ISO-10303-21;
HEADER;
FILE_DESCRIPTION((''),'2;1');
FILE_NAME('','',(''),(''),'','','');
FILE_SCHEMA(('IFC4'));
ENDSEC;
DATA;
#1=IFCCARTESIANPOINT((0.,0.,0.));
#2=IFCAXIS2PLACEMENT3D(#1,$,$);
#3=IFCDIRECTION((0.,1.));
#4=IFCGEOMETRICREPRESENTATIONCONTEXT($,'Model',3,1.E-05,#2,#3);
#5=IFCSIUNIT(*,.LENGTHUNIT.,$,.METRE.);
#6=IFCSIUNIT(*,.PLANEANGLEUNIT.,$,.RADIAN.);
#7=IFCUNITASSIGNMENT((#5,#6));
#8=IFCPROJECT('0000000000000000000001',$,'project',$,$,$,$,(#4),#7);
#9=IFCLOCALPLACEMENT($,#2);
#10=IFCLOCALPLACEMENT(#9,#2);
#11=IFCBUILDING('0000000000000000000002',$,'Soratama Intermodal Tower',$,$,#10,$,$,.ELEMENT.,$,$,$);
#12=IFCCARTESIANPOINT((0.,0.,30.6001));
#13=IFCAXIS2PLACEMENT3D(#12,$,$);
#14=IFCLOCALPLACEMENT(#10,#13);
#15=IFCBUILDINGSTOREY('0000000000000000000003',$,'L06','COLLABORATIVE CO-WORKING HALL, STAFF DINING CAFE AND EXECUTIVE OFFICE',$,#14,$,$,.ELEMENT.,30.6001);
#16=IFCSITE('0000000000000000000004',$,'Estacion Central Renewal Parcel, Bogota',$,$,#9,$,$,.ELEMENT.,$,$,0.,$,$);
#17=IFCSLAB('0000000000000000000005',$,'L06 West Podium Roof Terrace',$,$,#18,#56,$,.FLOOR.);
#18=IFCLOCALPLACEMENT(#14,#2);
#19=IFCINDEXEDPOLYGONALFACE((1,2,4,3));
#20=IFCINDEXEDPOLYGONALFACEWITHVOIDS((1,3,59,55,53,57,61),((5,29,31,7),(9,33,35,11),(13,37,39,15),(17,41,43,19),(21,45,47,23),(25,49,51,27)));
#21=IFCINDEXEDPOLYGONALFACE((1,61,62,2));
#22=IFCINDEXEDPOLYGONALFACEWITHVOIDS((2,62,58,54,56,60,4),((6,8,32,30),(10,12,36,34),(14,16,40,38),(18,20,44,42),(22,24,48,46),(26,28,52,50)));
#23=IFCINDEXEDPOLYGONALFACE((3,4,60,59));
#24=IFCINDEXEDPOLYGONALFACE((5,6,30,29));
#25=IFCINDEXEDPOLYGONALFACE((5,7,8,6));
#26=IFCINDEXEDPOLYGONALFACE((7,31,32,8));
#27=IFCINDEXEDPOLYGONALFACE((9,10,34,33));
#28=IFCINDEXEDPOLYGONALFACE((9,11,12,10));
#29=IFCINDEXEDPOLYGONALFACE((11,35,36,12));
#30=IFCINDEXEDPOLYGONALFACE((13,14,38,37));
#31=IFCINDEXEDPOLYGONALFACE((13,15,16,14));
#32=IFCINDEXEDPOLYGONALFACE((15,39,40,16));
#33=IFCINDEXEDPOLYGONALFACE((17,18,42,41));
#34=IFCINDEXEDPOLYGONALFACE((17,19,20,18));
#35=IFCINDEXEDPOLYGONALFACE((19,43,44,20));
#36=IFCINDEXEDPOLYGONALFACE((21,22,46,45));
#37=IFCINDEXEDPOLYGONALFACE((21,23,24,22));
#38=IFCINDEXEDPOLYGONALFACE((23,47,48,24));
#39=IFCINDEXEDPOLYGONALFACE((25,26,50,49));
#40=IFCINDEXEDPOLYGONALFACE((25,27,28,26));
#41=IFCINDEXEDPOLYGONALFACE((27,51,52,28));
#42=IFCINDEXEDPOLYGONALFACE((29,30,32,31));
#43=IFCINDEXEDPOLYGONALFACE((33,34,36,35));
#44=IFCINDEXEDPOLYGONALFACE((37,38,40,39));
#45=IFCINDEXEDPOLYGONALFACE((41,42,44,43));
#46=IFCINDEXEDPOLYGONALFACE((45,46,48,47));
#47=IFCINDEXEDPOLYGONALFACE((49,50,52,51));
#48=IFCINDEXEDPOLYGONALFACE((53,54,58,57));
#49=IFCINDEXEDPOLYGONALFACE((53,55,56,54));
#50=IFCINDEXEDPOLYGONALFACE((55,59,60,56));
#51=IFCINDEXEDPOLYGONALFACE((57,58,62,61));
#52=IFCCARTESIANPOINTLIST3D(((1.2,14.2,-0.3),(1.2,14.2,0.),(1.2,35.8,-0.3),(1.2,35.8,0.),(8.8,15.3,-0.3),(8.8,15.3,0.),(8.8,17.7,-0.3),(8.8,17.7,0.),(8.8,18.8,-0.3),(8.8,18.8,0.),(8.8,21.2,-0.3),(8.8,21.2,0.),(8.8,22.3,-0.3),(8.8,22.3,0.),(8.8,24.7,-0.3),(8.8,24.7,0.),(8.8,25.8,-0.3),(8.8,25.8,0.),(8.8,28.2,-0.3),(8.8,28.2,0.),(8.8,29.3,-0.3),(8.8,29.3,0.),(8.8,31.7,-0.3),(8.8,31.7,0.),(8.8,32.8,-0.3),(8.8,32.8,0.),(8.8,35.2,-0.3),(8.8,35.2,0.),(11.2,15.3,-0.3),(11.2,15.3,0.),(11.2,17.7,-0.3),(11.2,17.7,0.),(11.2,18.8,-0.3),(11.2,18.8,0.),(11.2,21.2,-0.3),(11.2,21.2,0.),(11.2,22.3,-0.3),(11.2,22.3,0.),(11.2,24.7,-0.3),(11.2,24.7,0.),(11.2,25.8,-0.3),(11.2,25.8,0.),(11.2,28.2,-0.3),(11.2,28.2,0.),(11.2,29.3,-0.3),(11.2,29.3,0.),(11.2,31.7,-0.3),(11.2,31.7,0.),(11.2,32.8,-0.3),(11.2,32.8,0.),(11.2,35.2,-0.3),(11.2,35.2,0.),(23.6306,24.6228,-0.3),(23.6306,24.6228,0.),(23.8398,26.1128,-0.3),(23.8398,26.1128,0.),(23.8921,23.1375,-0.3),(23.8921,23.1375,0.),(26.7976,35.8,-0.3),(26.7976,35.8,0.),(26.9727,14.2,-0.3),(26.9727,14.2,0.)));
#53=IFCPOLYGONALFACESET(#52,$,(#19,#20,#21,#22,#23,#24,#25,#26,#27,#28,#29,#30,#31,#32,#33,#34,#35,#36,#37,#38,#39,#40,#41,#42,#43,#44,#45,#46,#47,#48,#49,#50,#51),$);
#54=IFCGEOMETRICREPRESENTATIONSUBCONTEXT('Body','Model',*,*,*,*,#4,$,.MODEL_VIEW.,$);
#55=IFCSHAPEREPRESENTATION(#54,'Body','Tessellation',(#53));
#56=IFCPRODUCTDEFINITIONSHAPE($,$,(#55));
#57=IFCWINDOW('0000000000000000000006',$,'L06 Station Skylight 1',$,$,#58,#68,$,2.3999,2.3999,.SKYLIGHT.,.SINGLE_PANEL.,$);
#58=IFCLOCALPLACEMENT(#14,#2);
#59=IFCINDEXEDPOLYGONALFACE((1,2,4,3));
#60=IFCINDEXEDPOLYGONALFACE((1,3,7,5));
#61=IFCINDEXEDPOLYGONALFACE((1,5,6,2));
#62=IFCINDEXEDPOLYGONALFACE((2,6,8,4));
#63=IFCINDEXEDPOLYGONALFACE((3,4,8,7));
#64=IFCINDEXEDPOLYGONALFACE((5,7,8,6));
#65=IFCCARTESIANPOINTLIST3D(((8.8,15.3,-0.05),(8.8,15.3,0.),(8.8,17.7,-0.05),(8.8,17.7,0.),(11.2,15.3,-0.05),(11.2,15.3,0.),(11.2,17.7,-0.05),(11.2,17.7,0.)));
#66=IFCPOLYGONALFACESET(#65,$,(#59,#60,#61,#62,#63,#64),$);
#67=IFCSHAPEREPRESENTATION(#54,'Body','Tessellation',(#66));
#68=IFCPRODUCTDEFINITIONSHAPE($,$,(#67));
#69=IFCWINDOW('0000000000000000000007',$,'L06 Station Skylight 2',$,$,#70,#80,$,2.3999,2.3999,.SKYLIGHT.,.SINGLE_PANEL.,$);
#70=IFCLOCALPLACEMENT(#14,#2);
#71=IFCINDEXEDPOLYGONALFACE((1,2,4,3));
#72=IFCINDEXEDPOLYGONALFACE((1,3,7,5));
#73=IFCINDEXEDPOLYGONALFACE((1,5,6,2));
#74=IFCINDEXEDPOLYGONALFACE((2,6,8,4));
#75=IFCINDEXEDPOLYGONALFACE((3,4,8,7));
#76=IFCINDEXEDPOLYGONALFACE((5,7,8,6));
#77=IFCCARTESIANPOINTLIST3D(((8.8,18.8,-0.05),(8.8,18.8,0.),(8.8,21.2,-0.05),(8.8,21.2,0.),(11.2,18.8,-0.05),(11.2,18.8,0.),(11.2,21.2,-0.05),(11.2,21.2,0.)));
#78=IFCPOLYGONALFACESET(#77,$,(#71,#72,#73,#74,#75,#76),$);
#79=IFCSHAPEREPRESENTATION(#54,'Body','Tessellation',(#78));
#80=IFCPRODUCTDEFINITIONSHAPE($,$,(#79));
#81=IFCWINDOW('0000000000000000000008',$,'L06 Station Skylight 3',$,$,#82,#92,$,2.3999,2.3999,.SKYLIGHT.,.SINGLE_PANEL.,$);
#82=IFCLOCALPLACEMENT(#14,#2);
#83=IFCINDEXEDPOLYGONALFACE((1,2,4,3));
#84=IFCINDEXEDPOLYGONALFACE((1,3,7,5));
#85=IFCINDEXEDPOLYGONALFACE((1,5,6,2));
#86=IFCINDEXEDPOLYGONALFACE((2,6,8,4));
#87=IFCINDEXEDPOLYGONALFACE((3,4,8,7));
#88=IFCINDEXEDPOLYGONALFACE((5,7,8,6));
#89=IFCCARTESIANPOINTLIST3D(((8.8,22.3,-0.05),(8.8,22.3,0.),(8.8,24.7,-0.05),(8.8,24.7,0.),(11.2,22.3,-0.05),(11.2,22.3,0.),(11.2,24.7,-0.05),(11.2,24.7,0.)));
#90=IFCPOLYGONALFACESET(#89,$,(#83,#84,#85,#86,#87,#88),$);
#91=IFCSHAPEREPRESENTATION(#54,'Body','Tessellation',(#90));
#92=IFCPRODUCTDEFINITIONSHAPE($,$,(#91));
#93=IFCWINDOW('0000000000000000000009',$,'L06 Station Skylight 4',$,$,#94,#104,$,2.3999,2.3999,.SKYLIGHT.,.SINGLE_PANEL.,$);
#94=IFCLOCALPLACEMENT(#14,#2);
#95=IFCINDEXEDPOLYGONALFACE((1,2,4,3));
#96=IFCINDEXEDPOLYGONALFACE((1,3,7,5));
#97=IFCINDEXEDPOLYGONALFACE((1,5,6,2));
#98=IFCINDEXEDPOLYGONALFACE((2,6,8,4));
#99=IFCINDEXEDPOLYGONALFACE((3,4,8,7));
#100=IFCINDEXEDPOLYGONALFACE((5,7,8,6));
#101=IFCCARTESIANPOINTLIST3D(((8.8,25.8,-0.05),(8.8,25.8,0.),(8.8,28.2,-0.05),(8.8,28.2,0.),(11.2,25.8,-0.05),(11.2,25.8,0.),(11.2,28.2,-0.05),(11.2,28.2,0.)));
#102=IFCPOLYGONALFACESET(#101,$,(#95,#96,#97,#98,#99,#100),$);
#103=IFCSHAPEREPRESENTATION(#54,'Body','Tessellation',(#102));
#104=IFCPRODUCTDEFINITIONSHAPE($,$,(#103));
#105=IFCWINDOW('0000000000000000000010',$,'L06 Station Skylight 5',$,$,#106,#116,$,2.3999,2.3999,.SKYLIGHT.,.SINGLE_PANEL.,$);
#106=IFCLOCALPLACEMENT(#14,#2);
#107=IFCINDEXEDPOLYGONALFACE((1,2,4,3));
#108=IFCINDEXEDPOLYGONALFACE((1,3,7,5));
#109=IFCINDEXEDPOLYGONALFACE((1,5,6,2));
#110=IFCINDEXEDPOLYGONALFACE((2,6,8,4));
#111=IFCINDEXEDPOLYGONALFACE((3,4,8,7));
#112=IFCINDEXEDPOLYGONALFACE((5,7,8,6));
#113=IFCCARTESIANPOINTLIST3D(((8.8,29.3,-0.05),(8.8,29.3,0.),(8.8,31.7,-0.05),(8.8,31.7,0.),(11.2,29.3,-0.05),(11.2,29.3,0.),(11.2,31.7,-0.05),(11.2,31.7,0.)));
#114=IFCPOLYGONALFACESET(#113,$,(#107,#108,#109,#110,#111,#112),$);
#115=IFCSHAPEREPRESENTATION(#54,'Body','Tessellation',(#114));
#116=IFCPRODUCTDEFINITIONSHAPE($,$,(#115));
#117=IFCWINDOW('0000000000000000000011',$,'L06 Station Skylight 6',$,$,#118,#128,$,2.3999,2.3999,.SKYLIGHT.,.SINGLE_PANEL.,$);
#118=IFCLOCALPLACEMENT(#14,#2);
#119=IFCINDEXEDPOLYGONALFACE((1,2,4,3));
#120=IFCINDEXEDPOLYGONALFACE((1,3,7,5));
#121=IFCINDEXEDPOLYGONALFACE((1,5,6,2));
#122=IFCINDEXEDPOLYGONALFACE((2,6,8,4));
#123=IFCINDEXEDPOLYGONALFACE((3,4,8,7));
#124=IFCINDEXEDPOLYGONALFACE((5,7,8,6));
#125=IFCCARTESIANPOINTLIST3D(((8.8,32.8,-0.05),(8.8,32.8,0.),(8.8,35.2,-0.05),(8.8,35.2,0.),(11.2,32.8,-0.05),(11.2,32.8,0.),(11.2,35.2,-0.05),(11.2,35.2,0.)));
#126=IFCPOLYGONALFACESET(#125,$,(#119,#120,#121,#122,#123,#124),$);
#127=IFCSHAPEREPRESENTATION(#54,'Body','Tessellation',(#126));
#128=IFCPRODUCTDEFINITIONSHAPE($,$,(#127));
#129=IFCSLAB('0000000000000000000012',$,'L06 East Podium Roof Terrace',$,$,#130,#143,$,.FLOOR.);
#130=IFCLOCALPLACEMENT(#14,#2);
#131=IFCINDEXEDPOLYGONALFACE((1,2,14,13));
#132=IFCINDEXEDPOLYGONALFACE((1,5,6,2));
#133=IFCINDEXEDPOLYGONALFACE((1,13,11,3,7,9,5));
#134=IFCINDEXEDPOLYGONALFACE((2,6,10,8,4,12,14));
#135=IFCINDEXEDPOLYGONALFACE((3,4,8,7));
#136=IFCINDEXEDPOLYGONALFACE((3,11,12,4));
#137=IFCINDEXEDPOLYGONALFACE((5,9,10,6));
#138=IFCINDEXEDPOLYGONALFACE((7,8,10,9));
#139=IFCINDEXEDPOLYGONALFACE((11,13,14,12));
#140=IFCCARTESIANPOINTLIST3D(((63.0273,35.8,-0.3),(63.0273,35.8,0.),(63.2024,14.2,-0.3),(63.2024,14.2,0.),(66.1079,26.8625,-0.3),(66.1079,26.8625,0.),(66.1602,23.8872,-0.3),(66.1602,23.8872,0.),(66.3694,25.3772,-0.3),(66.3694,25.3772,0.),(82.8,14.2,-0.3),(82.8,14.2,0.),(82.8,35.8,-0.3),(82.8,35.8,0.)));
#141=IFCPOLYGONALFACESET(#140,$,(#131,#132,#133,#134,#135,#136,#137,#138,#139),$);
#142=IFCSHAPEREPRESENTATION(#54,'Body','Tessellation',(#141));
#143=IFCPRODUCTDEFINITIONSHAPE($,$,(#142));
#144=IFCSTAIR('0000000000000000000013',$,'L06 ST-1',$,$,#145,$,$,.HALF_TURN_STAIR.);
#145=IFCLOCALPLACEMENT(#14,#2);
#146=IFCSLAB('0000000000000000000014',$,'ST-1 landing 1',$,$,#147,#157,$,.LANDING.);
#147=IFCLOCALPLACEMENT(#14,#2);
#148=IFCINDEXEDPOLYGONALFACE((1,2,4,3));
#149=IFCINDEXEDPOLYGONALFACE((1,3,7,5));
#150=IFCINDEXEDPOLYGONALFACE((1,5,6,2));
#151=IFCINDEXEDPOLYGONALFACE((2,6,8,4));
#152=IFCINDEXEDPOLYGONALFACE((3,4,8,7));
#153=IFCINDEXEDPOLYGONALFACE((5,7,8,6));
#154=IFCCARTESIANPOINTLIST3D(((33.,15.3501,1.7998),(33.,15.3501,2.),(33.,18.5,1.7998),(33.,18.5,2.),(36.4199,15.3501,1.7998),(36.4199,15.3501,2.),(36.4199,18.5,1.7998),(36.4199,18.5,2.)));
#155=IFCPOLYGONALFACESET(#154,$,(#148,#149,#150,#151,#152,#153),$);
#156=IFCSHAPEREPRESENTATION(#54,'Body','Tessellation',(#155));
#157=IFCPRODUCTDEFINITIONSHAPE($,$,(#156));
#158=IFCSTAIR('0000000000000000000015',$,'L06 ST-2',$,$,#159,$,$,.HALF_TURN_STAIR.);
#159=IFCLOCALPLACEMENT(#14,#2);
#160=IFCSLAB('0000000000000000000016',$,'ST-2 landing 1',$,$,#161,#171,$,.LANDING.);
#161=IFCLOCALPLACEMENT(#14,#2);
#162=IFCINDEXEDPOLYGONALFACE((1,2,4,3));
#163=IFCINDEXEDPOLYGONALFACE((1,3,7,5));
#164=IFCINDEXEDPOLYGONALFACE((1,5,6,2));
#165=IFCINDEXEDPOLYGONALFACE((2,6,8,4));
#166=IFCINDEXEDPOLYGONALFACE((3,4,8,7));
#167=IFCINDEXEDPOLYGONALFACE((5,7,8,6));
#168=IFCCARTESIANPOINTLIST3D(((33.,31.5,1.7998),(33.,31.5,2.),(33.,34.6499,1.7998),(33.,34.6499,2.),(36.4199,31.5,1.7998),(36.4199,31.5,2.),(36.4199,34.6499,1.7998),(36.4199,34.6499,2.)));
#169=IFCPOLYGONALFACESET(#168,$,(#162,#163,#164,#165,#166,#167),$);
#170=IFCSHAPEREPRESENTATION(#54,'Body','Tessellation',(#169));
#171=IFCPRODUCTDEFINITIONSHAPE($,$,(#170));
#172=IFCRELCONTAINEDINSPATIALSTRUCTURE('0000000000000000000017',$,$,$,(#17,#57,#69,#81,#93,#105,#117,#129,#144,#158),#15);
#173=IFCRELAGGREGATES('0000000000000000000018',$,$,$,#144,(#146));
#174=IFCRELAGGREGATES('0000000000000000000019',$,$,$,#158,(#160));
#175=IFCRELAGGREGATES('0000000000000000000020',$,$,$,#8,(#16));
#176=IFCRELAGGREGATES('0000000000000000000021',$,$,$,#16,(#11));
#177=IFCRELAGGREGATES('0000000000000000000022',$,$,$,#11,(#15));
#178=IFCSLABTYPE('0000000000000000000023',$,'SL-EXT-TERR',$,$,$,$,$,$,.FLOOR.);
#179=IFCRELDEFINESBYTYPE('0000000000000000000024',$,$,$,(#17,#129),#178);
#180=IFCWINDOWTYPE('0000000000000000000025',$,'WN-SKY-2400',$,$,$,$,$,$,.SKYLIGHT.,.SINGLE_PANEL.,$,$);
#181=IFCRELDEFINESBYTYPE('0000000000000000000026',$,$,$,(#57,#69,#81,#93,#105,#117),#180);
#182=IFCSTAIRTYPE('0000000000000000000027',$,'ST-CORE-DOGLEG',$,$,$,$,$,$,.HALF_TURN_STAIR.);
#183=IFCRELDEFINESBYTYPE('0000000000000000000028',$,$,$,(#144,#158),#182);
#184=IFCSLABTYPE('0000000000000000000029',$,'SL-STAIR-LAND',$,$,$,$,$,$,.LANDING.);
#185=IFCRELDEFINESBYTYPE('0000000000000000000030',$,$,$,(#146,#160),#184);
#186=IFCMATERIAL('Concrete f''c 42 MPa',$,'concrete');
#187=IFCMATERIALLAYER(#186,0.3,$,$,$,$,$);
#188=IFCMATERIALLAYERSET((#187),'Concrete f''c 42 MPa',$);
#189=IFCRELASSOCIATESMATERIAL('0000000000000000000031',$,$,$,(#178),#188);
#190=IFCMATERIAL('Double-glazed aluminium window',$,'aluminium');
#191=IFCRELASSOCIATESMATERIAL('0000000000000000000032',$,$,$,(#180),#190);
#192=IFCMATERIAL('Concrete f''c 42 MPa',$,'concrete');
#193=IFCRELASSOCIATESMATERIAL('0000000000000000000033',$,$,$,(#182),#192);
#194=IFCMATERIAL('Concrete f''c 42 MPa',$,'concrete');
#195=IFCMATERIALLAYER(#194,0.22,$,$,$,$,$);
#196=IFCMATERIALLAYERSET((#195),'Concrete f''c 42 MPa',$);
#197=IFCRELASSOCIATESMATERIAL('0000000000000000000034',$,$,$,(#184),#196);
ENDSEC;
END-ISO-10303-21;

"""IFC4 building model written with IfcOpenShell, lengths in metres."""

from ifc_helpers import new_model, si_unit, direction, frame, origin, origin_2d, place, context, subcontext, project, spatial, polyline, rectangle, outline, extrude, material, layer, layer_set, type_object, element, fill, aggregate, save


model = new_model("IFC4")

# Units and contexts
model_context = context("Model", 3, precision=1e-05, world=origin(), true_north=direction((0.0, 1.0)))
body_context = subcontext(model_context, "Body", "Model", "MODEL_VIEW")
ifc_project = project(units=[si_unit("LENGTHUNIT", "METRE"), si_unit("PLANEANGLEUNIT", "RADIAN")], contexts=[model_context])

# Site, building, storey
site_placement = place(None, origin())
site = spatial("IfcSite", under=ifc_project, at=site_placement, Name="Estacion Central Renewal Parcel, Bogota", CompositionType="ELEMENT", RefElevation=0.0)
building_placement = place(site_placement, origin())
building = spatial("IfcBuilding", under=site, at=building_placement, Name="Soratama Intermodal Tower", CompositionType="ELEMENT")
storey_placement = place(building_placement, frame((0.0, 0.0, 30.6001)))
storey = spatial("IfcBuildingStorey", under=building, at=storey_placement, Name="L06", Description="COLLABORATIVE CO-WORKING HALL, STAFF DINING CAFE AND EXECUTIVE OFFICE", CompositionType="ELEMENT", Elevation=30.6001)

# Slab, openings, windows
ifc_material_1 = material(Name="Concrete f'c 42 MPa", Category="concrete")
ifc_layer_1 = layer(ifc_material_1, 0.3)
ifc_layer_set_1 = layer_set([ifc_layer_1], Name="Concrete f'c 42 MPa")
slab_type_1 = type_object("IfcSlabType", Name="SL-EXT-TERR", PredefinedType="FLOOR", material=ifc_layer_set_1)
slab_1_placement = place(storey_placement, frame((0.0, 0.0, -0.3)))
slab_1 = element("IfcSlab", 1, at=slab_1_placement, inside=storey, type_object=slab_type_1, Name="L06 West Podium Roof Terrace", PredefinedType="FLOOR", context=body_context, shape_type="SweptSolid", body=[
    extrude(outline(polyline([(26.9727, 14.2), (23.8921, 23.1375), (23.6306, 24.6228), (23.8398, 26.1128), (26.7976, 35.8), (1.2, 35.8), (1.2, 14.2), (26.9727, 14.2)])), origin(), (0.0, 0.0, 1.0), 0.3),
])
opening_1_placement = place(slab_1_placement, frame((10.0, 16.5, 0.0)))
opening_1 = element("IfcOpeningElement", 2, at=opening_1_placement, cuts=slab_1, PredefinedType="OPENING", context=body_context, shape_type="SweptSolid", body=[
    extrude(rectangle(XDim=2.3999, YDim=2.3999, at=origin_2d()), origin(), (0.0, 0.0, 1.0), 0.3),
])
opening_2_placement = place(slab_1_placement, frame((10.0, 20.0, 0.0)))
opening_2 = element("IfcOpeningElement", 3, at=opening_2_placement, cuts=slab_1, PredefinedType="OPENING", context=body_context, shape_type="SweptSolid", body=[
    extrude(rectangle(XDim=2.3999, YDim=2.3999, at=origin_2d()), origin(), (0.0, 0.0, 1.0), 0.3),
])
opening_3_placement = place(slab_1_placement, frame((10.0, 23.5, 0.0)))
opening_3 = element("IfcOpeningElement", 4, at=opening_3_placement, cuts=slab_1, PredefinedType="OPENING", context=body_context, shape_type="SweptSolid", body=[
    extrude(rectangle(XDim=2.3999, YDim=2.3999, at=origin_2d()), origin(), (0.0, 0.0, 1.0), 0.3),
])
opening_4_placement = place(slab_1_placement, frame((10.0, 27.0, 0.0)))
opening_4 = element("IfcOpeningElement", 5, at=opening_4_placement, cuts=slab_1, PredefinedType="OPENING", context=body_context, shape_type="SweptSolid", body=[
    extrude(rectangle(XDim=2.3999, YDim=2.3999, at=origin_2d()), origin(), (0.0, 0.0, 1.0), 0.3),
])
opening_5_placement = place(slab_1_placement, frame((10.0, 30.5, 0.0)))
opening_5 = element("IfcOpeningElement", 6, at=opening_5_placement, cuts=slab_1, PredefinedType="OPENING", context=body_context, shape_type="SweptSolid", body=[
    extrude(rectangle(XDim=2.3999, YDim=2.3999, at=origin_2d()), origin(), (0.0, 0.0, 1.0), 0.3),
])
opening_6_placement = place(slab_1_placement, frame((10.0, 34.0, 0.0)))
opening_6 = element("IfcOpeningElement", 7, at=opening_6_placement, cuts=slab_1, PredefinedType="OPENING", context=body_context, shape_type="SweptSolid", body=[
    extrude(rectangle(XDim=2.3999, YDim=2.3999, at=origin_2d()), origin(), (0.0, 0.0, 1.0), 0.3),
])
ifc_material_2 = material(Name="Double-glazed aluminium window", Category="aluminium")
window_type = type_object("IfcWindowType", Name="WN-SKY-2400", PartitioningType="SINGLE_PANEL", PredefinedType="SKYLIGHT", material=ifc_material_2)
window_1_placement = place(opening_1_placement, frame((0.0, 0.0, 0.25)))
window_1 = element("IfcWindow", 8, at=window_1_placement, inside=storey, type_object=window_type, Name="L06 Station Skylight 1", OverallHeight=2.3999, OverallWidth=2.3999, PartitioningType="SINGLE_PANEL", PredefinedType="SKYLIGHT", context=body_context, shape_type="SweptSolid", body=[
    extrude(rectangle(XDim=2.3999, YDim=2.3999, at=origin_2d()), origin(), (0.0, 0.0, 1.0), 0.05),
])
fill(opening_1, window_1)
window_2_placement = place(opening_2_placement, frame((0.0, 0.0, 0.25)))
window_2 = element("IfcWindow", 9, at=window_2_placement, inside=storey, type_object=window_type, Name="L06 Station Skylight 2", OverallHeight=2.3999, OverallWidth=2.3999, PartitioningType="SINGLE_PANEL", PredefinedType="SKYLIGHT", context=body_context, shape_type="SweptSolid", body=[
    extrude(rectangle(XDim=2.3999, YDim=2.3999, at=origin_2d()), origin(), (0.0, 0.0, 1.0), 0.05),
])
fill(opening_2, window_2)
window_3_placement = place(opening_3_placement, frame((0.0, 0.0, 0.25)))
window_3 = element("IfcWindow", 10, at=window_3_placement, inside=storey, type_object=window_type, Name="L06 Station Skylight 3", OverallHeight=2.3999, OverallWidth=2.3999, PartitioningType="SINGLE_PANEL", PredefinedType="SKYLIGHT", context=body_context, shape_type="SweptSolid", body=[
    extrude(rectangle(XDim=2.3999, YDim=2.3999, at=origin_2d()), origin(), (0.0, 0.0, 1.0), 0.05),
])
fill(opening_3, window_3)
window_4_placement = place(opening_4_placement, frame((0.0, 0.0, 0.25)))
window_4 = element("IfcWindow", 11, at=window_4_placement, inside=storey, type_object=window_type, Name="L06 Station Skylight 4", OverallHeight=2.3999, OverallWidth=2.3999, PartitioningType="SINGLE_PANEL", PredefinedType="SKYLIGHT", context=body_context, shape_type="SweptSolid", body=[
    extrude(rectangle(XDim=2.3999, YDim=2.3999, at=origin_2d()), origin(), (0.0, 0.0, 1.0), 0.05),
])
fill(opening_4, window_4)
window_5_placement = place(opening_5_placement, frame((0.0, 0.0, 0.25)))
window_5 = element("IfcWindow", 12, at=window_5_placement, inside=storey, type_object=window_type, Name="L06 Station Skylight 5", OverallHeight=2.3999, OverallWidth=2.3999, PartitioningType="SINGLE_PANEL", PredefinedType="SKYLIGHT", context=body_context, shape_type="SweptSolid", body=[
    extrude(rectangle(XDim=2.3999, YDim=2.3999, at=origin_2d()), origin(), (0.0, 0.0, 1.0), 0.05),
])
fill(opening_5, window_5)
window_6_placement = place(opening_6_placement, frame((0.0, 0.0, 0.25)))
window_6 = element("IfcWindow", 13, at=window_6_placement, inside=storey, type_object=window_type, Name="L06 Station Skylight 6", OverallHeight=2.3999, OverallWidth=2.3999, PartitioningType="SINGLE_PANEL", PredefinedType="SKYLIGHT", context=body_context, shape_type="SweptSolid", body=[
    extrude(rectangle(XDim=2.3999, YDim=2.3999, at=origin_2d()), origin(), (0.0, 0.0, 1.0), 0.05),
])
fill(opening_6, window_6)

# Slab
slab_2_placement = place(storey_placement, frame((0.0, 0.0, -0.3)))
element("IfcSlab", 14, at=slab_2_placement, inside=storey, type_object=slab_type_1, Name="L06 East Podium Roof Terrace", PredefinedType="FLOOR", context=body_context, shape_type="SweptSolid", body=[
    extrude(outline(polyline([(63.0273, 35.8), (66.1079, 26.8625), (66.3694, 25.3772), (66.1602, 23.8872), (63.2024, 14.2), (82.8, 14.2), (82.8, 35.8), (63.0273, 35.8)])), origin(), (0.0, 0.0, 1.0), 0.3),
])

# Stairs, slabs
ifc_material_3 = material(Name="Concrete f'c 42 MPa", Category="concrete")
stair_type = type_object("IfcStairType", Name="ST-CORE-DOGLEG", PredefinedType="HALF_TURN_STAIR", material=ifc_material_3)
stair_1_placement = place(storey_placement, origin())
stair_1 = element("IfcStair", 15, at=stair_1_placement, inside=storey, type_object=stair_type, Name="L06 ST-1", PredefinedType="HALF_TURN_STAIR")
ifc_material_4 = material(Name="Concrete f'c 42 MPa", Category="concrete")
ifc_layer_2 = layer(ifc_material_4, 0.22)
ifc_layer_set_2 = layer_set([ifc_layer_2], Name="Concrete f'c 42 MPa")
slab_type_2 = type_object("IfcSlabType", Name="SL-STAIR-LAND", PredefinedType="LANDING", material=ifc_layer_set_2)
slab_3_placement = place(storey_placement, frame((0.0, 0.0, 1.7998)))
slab_3 = element("IfcSlab", 16, at=slab_3_placement, type_object=slab_type_2, Name="ST-1 landing 1", PredefinedType="LANDING", context=body_context, shape_type="SweptSolid", body=[
    extrude(outline(polyline([(36.4199, 18.5), (33.0, 18.5), (33.0, 15.3501), (36.4199, 15.3501), (36.4199, 18.5)])), origin(), (0.0, 0.0, 1.0), 0.2002),
])
aggregate(stair_1, [slab_3])
stair_2_placement = place(storey_placement, origin())
stair_2 = element("IfcStair", 17, at=stair_2_placement, inside=storey, type_object=stair_type, Name="L06 ST-2", PredefinedType="HALF_TURN_STAIR")
slab_4_placement = place(storey_placement, frame((0.0, 0.0, 1.7998)))
slab_4 = element("IfcSlab", 18, at=slab_4_placement, type_object=slab_type_2, Name="ST-2 landing 1", PredefinedType="LANDING", context=body_context, shape_type="SweptSolid", body=[
    extrude(outline(polyline([(36.4199, 34.6499), (33.0, 34.6499), (33.0, 31.5), (36.4199, 31.5), (36.4199, 34.6499)])), origin(), (0.0, 0.0, 1.0), 0.2002),
])
aggregate(stair_2, [slab_4])

save(model, "model.ifc")
